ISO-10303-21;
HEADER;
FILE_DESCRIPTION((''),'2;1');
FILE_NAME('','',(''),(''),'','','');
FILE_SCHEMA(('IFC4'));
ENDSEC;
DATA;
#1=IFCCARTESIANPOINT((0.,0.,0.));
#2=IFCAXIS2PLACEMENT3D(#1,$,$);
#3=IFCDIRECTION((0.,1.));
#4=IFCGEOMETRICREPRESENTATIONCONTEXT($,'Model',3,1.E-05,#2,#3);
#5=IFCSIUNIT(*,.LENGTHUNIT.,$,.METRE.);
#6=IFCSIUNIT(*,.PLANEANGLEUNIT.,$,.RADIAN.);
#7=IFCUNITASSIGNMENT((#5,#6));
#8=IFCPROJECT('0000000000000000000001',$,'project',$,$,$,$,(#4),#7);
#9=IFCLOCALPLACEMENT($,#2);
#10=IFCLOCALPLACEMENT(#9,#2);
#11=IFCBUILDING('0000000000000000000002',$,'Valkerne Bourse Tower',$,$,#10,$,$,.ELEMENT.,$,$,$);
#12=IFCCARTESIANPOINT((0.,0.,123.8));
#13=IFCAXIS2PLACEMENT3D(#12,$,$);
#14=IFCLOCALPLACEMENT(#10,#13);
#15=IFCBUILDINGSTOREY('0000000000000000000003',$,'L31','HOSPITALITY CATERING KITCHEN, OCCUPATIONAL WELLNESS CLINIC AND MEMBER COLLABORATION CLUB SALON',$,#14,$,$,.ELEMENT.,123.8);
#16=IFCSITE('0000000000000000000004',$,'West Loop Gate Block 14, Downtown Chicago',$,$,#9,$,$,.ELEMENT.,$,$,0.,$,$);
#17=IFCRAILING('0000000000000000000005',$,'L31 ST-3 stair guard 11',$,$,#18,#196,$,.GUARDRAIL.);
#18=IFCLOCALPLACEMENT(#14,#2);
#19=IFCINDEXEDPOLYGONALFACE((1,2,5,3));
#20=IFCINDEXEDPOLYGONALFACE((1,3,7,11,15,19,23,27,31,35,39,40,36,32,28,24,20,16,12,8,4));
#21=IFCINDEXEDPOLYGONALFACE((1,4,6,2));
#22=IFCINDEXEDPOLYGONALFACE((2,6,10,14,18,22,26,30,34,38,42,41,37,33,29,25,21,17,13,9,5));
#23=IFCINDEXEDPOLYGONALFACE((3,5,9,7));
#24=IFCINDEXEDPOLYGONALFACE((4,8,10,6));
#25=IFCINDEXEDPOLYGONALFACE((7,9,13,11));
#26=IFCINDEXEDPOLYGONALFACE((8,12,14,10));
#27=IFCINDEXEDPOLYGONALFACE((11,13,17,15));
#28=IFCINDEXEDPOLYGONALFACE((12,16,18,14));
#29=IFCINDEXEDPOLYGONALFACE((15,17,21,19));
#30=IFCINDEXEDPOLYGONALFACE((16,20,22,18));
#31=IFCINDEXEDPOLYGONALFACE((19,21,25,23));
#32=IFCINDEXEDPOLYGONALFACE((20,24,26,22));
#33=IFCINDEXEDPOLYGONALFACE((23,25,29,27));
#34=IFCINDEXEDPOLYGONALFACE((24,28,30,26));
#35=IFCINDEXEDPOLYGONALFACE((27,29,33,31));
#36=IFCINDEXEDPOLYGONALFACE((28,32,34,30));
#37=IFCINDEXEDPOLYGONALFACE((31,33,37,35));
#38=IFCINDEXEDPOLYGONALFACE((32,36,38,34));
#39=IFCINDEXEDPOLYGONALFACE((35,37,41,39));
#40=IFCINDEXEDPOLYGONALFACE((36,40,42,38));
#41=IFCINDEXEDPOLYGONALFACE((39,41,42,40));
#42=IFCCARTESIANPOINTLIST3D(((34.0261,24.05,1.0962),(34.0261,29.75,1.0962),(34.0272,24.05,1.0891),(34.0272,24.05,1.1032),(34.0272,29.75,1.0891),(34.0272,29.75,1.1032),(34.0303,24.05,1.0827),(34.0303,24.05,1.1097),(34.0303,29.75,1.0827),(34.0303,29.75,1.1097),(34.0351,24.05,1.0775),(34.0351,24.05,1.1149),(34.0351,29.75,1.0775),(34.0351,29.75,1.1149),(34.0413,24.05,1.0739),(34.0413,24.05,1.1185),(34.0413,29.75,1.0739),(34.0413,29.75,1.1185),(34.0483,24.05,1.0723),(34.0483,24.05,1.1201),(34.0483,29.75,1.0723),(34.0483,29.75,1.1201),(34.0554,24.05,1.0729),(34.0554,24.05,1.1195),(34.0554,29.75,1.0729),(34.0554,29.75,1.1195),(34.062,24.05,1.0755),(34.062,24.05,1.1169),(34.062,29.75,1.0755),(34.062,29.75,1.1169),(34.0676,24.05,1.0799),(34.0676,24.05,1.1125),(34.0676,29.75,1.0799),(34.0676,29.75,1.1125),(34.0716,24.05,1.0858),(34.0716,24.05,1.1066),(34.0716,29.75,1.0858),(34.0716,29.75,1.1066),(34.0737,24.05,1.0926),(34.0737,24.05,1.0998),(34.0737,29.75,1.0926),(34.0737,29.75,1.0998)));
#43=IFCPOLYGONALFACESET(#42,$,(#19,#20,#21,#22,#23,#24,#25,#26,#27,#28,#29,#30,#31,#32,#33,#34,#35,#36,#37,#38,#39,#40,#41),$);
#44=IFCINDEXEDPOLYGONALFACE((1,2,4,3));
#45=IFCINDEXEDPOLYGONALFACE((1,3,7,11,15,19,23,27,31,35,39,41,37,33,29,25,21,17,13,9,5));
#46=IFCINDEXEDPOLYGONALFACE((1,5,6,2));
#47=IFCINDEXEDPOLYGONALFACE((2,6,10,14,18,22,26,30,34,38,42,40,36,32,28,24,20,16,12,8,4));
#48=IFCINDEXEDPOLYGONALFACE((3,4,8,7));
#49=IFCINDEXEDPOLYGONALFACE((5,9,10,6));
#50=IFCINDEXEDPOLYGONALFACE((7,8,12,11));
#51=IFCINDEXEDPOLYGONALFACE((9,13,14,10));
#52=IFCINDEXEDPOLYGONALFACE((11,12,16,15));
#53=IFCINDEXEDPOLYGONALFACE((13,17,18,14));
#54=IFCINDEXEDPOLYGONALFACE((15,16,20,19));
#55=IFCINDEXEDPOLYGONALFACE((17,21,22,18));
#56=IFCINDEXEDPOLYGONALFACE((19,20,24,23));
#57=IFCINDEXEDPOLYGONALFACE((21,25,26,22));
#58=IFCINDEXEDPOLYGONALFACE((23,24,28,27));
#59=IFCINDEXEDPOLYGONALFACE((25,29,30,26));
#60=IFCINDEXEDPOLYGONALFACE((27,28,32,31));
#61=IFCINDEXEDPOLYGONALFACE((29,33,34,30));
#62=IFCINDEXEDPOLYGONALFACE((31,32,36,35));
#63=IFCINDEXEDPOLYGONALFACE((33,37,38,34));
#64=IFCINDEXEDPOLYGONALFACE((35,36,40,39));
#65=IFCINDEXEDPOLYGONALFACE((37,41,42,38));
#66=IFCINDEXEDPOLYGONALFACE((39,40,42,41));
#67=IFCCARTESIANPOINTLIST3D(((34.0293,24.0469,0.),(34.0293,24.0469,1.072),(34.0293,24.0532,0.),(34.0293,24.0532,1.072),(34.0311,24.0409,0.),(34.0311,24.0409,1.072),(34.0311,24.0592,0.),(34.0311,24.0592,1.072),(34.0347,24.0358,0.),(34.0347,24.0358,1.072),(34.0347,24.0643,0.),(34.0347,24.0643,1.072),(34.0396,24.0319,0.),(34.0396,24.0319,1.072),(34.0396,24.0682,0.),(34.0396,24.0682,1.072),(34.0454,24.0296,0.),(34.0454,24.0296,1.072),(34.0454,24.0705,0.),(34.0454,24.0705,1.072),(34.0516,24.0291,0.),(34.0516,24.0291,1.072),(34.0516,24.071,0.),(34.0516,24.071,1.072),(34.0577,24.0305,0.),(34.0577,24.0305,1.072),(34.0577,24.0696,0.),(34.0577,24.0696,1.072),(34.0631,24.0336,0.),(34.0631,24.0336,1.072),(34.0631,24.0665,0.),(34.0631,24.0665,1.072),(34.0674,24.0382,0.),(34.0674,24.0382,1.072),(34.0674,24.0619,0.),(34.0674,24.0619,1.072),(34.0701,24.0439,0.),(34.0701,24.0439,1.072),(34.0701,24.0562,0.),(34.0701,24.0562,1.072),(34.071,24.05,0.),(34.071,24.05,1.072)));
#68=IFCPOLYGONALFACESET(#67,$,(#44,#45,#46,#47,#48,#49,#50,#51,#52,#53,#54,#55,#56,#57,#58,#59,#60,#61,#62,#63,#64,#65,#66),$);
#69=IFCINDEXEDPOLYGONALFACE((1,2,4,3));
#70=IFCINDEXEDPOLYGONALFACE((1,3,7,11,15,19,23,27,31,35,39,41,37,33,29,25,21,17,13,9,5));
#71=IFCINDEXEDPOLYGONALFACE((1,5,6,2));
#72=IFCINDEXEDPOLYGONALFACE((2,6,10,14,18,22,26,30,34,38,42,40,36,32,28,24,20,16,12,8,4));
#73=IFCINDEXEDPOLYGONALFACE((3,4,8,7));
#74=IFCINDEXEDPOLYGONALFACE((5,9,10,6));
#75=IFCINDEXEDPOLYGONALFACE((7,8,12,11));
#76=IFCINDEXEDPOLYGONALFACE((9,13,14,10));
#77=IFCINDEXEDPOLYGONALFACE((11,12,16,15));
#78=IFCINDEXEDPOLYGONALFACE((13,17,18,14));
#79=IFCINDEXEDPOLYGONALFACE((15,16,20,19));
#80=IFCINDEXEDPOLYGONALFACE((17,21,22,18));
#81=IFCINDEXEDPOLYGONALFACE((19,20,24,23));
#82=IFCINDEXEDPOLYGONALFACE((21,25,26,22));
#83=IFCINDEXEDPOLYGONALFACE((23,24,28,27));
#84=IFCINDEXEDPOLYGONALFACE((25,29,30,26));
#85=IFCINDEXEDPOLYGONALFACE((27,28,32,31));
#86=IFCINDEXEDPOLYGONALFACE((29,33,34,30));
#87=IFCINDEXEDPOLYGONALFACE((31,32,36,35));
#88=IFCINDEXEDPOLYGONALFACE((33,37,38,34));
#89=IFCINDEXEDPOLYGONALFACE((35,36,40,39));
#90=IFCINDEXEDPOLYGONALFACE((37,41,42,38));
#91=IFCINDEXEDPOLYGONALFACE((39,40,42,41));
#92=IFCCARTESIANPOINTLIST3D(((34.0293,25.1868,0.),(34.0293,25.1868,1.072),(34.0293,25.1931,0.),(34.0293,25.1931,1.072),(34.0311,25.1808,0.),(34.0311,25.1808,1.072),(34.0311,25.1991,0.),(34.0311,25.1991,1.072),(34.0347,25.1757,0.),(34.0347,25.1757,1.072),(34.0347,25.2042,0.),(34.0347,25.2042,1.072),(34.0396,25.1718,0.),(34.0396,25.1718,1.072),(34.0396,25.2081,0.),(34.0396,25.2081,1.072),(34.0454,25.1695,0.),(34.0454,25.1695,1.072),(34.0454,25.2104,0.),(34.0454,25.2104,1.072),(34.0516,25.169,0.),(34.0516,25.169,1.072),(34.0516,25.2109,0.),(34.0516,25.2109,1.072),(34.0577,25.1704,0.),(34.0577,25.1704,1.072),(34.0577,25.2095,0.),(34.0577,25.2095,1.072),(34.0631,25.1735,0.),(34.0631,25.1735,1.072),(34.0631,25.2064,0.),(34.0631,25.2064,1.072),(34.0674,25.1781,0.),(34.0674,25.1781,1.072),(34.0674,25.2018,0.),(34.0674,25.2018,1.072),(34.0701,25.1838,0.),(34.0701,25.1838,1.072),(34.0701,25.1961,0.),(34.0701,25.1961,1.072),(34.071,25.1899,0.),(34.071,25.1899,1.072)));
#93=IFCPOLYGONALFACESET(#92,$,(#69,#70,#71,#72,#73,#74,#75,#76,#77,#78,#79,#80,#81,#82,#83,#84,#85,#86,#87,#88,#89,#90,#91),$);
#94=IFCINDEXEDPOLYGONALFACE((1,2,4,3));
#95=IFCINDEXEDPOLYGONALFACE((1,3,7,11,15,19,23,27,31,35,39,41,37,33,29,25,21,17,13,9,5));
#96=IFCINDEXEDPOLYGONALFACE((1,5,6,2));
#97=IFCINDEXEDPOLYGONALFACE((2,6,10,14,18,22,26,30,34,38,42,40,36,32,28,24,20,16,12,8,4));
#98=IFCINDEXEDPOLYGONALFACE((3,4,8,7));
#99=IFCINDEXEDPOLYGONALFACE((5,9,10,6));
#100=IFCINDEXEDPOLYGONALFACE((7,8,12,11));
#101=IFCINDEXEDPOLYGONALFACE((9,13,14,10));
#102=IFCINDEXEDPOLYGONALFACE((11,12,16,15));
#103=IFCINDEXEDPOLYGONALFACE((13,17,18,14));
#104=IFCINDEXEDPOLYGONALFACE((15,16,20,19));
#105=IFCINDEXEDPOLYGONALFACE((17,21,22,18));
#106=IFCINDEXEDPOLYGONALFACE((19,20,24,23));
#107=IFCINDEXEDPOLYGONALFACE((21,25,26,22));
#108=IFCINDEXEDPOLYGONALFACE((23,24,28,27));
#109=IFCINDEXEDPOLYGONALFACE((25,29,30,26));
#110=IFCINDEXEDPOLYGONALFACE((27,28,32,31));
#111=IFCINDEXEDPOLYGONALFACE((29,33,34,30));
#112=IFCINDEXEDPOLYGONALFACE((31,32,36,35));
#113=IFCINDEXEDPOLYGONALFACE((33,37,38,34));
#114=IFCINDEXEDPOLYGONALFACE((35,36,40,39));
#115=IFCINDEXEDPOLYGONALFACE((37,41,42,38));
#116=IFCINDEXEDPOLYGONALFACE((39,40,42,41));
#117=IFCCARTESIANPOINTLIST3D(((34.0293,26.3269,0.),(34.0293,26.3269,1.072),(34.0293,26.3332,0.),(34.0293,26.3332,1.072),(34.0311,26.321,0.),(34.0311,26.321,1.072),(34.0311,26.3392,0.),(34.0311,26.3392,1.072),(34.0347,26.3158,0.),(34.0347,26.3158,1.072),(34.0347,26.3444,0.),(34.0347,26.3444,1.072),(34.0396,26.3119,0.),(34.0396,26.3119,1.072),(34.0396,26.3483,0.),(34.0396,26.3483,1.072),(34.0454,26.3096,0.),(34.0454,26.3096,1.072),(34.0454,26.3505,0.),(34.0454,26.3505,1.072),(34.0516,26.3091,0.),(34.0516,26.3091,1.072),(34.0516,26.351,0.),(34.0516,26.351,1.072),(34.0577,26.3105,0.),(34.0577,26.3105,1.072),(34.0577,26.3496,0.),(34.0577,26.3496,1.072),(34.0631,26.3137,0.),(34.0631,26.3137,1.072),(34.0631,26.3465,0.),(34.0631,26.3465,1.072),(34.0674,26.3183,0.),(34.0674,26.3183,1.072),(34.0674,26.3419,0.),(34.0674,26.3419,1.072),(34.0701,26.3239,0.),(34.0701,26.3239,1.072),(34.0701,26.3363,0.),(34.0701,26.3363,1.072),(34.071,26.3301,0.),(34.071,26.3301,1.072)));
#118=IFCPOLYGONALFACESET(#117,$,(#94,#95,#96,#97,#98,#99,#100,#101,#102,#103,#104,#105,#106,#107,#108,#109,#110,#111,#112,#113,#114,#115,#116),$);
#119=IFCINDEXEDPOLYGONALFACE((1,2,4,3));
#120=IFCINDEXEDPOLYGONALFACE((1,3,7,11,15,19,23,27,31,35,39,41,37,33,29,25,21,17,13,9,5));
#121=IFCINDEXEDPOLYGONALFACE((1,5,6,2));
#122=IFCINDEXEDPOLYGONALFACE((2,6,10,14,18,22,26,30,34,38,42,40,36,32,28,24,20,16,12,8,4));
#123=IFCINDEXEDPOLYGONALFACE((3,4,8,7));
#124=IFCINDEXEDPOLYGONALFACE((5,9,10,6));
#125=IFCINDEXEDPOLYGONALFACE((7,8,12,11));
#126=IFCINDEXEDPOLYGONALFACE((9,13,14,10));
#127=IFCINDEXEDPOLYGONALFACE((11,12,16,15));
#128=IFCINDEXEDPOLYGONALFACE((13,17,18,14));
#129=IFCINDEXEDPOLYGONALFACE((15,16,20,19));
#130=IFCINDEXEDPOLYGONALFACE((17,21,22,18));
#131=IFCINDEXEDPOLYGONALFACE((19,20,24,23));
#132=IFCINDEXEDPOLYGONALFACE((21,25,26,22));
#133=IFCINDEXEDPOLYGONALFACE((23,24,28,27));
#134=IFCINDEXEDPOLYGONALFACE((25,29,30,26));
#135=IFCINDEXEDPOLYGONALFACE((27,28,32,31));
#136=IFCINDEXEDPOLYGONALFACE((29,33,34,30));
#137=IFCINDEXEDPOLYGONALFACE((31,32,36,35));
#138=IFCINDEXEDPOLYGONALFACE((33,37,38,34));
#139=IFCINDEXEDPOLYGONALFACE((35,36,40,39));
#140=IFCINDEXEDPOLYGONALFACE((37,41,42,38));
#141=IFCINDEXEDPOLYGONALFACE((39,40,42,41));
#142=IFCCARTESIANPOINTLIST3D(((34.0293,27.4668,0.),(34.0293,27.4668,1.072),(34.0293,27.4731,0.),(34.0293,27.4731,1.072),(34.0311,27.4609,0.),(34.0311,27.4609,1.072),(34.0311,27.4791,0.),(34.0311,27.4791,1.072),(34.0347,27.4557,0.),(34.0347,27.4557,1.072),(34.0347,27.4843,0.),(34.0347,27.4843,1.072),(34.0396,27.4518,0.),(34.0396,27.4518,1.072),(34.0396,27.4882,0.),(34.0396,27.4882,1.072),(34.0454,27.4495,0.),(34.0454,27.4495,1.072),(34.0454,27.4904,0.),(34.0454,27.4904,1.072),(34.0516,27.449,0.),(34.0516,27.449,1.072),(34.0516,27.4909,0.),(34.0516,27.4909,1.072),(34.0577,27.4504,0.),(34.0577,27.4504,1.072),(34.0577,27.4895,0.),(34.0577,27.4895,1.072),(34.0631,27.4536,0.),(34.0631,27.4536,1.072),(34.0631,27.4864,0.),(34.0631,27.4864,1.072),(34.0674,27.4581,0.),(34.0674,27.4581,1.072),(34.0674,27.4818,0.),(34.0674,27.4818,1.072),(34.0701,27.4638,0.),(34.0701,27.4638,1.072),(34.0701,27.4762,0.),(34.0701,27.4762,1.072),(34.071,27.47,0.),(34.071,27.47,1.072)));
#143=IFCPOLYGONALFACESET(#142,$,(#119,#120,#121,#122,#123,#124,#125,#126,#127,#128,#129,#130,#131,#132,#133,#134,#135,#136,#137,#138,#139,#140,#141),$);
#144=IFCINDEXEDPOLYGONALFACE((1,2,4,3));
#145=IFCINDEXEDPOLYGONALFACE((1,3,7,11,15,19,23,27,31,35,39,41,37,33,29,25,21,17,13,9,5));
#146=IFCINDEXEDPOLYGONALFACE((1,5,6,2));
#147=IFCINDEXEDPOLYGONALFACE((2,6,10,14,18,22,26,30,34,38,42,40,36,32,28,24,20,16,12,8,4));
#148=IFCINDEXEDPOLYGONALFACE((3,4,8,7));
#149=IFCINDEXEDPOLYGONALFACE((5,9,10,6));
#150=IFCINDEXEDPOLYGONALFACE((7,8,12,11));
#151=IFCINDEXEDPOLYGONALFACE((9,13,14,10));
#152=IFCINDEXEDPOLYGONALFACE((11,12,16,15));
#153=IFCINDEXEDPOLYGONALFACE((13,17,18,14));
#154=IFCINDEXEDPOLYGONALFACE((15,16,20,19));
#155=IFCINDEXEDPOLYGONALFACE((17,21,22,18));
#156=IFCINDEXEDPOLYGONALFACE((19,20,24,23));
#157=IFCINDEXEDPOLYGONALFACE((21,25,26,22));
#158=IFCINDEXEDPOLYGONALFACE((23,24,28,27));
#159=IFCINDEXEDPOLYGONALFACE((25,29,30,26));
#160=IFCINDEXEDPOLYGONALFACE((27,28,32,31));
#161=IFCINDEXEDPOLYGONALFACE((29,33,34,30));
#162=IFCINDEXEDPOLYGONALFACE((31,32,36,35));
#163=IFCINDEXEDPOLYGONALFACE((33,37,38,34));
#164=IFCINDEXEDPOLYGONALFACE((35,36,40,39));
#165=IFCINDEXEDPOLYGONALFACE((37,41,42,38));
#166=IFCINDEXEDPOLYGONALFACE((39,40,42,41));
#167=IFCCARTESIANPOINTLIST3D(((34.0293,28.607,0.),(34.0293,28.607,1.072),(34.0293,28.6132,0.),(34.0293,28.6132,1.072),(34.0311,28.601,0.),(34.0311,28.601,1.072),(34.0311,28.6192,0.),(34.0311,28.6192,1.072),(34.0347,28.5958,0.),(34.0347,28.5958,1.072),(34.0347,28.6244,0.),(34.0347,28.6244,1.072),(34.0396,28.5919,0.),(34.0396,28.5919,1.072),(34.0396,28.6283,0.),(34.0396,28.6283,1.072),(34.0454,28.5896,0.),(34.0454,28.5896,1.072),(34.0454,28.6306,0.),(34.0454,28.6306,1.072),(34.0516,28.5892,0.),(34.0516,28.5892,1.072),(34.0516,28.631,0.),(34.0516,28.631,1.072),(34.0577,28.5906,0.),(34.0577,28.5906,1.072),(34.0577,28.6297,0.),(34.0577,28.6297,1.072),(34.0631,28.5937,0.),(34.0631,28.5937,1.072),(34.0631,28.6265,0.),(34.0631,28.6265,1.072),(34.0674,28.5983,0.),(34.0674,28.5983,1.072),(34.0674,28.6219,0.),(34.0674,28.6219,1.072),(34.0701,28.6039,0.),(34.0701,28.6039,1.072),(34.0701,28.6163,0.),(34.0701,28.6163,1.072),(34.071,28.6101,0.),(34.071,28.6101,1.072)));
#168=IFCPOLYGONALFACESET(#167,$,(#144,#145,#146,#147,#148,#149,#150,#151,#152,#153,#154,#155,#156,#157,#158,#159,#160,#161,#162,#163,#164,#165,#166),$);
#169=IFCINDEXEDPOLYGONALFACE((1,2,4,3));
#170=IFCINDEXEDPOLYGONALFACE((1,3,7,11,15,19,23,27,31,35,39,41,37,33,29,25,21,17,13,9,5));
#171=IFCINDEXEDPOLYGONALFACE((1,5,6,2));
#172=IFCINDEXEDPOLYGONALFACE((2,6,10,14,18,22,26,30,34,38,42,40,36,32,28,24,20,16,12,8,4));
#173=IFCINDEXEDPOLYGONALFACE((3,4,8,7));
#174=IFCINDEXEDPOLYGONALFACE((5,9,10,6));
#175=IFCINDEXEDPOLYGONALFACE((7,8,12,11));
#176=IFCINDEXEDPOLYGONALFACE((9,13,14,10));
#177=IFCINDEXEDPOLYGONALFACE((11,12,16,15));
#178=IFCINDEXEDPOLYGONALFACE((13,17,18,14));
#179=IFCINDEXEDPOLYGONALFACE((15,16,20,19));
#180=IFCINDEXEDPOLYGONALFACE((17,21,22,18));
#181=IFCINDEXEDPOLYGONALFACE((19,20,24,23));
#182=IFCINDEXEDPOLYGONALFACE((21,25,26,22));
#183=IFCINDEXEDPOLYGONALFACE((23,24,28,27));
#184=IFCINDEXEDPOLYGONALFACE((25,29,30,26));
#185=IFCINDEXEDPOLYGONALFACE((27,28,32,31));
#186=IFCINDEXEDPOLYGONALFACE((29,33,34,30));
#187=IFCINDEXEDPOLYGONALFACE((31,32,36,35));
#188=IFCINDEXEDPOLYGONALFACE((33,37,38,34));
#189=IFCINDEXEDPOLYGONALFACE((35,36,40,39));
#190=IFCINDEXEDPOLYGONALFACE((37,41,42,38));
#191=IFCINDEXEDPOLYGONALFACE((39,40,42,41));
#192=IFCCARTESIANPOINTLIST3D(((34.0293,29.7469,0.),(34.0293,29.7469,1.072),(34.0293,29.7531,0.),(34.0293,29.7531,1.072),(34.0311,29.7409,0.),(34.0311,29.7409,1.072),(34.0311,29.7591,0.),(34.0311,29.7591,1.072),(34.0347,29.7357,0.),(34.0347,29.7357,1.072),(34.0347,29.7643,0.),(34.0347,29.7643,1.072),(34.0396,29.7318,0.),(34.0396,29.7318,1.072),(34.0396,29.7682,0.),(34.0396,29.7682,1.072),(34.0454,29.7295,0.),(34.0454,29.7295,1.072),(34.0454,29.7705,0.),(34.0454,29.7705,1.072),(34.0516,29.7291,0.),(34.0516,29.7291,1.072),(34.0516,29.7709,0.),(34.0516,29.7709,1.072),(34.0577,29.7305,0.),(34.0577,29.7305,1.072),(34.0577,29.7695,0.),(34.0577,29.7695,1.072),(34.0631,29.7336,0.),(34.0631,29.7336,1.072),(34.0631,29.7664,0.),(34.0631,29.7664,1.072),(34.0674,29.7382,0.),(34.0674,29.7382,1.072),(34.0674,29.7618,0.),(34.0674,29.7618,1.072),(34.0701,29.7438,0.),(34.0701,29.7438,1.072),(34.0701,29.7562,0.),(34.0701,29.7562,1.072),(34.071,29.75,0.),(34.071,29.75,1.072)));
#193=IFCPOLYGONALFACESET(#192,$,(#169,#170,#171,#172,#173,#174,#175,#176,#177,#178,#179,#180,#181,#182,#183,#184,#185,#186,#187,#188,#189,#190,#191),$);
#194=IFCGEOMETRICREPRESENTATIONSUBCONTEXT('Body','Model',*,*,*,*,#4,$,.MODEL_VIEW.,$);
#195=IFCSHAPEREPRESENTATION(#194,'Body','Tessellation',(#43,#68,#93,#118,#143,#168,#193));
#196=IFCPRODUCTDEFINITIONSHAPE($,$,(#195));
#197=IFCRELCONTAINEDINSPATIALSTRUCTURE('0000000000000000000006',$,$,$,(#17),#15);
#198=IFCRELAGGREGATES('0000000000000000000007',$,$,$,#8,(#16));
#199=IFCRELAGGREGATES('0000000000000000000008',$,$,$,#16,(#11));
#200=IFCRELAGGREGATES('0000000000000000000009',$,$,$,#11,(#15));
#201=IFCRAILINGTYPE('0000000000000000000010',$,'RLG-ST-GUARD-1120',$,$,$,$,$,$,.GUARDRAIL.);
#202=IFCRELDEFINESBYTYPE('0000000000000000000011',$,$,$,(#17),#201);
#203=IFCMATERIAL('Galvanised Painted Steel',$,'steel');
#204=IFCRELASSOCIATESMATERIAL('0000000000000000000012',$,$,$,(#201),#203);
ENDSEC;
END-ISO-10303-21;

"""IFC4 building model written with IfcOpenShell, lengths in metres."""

from ifc_helpers import new_model, si_unit, direction, frame, origin, origin_2d, place, context, subcontext, project, spatial, circle, extrude, material, type_object, element, save


model = new_model("IFC4")

# Units and contexts
model_context = context("Model", 3, precision=1e-05, world=origin(), true_north=direction((0.0, 1.0)))
body_context = subcontext(model_context, "Body", "Model", "MODEL_VIEW")
ifc_project = project(units=[si_unit("LENGTHUNIT", "METRE"), si_unit("PLANEANGLEUNIT", "RADIAN")], contexts=[model_context])

# Site, building, storey
site_placement = place(None, origin())
site = spatial("IfcSite", under=ifc_project, at=site_placement, Name="West Loop Gate Block 14, Downtown Chicago", CompositionType="ELEMENT", RefElevation=0.0)
building_placement = place(site_placement, origin())
building = spatial("IfcBuilding", under=site, at=building_placement, Name="Valkerne Bourse Tower", CompositionType="ELEMENT")
storey_placement = place(building_placement, frame((0.0, 0.0, 123.8)))
storey = spatial("IfcBuildingStorey", under=building, at=storey_placement, Name="L31", Description="HOSPITALITY CATERING KITCHEN, OCCUPATIONAL WELLNESS CLINIC AND MEMBER COLLABORATION CLUB SALON", CompositionType="ELEMENT", Elevation=123.8)

# Shared definitions
ifc_material_1 = material(Name="Galvanised Painted Steel", Category="steel")

# Railing
railing_type_1 = type_object("IfcRailingType", Name="RLG-ST-GUARD-1120", PredefinedType="GUARDRAIL", material=ifc_material_1)
for number, where, name in (
    (1, (34.05, 24.05, 0.0), "L31 ST-3 stair guard 11"),
):
    element("IfcRailing", number, at=place(storey_placement, frame(where)), inside=storey, type_object=railing_type_1, Name=name, PredefinedType="GUARDRAIL", context=body_context, shape_type="SweptSolid", body=[
        extrude(circle(Radius=0.0239, at=origin_2d()), frame((0.0, 0.0, 1.0962), z_axis=(0.0, 1.0, 0.0), x_axis=(-1.0, 0.0, 0.0)), (0.0, 0.0, 1.0), 5.7),
        extrude(circle(Radius=0.021, at=origin_2d()), origin(), (0.0, 0.0, 1.0), 1.072),
        extrude(circle(Radius=0.021, at=origin_2d()), frame((0.0, 1.1399, 0.0)), (0.0, 0.0, 1.0), 1.072),
        extrude(circle(Radius=0.021, at=origin_2d()), frame((0.0, 2.28, 0.0)), (0.0, 0.0, 1.0), 1.072),
        extrude(circle(Radius=0.021, at=origin_2d()), frame((0.0, 3.4199, 0.0)), (0.0, 0.0, 1.0), 1.072),
        extrude(circle(Radius=0.021, at=origin_2d()), frame((0.0, 4.5601, 0.0)), (0.0, 0.0, 1.0), 1.072),
        extrude(circle(Radius=0.021, at=origin_2d()), frame((0.0, 5.7, 0.0)), (0.0, 0.0, 1.0), 1.072),
    ])

save(model, "model.ifc")
